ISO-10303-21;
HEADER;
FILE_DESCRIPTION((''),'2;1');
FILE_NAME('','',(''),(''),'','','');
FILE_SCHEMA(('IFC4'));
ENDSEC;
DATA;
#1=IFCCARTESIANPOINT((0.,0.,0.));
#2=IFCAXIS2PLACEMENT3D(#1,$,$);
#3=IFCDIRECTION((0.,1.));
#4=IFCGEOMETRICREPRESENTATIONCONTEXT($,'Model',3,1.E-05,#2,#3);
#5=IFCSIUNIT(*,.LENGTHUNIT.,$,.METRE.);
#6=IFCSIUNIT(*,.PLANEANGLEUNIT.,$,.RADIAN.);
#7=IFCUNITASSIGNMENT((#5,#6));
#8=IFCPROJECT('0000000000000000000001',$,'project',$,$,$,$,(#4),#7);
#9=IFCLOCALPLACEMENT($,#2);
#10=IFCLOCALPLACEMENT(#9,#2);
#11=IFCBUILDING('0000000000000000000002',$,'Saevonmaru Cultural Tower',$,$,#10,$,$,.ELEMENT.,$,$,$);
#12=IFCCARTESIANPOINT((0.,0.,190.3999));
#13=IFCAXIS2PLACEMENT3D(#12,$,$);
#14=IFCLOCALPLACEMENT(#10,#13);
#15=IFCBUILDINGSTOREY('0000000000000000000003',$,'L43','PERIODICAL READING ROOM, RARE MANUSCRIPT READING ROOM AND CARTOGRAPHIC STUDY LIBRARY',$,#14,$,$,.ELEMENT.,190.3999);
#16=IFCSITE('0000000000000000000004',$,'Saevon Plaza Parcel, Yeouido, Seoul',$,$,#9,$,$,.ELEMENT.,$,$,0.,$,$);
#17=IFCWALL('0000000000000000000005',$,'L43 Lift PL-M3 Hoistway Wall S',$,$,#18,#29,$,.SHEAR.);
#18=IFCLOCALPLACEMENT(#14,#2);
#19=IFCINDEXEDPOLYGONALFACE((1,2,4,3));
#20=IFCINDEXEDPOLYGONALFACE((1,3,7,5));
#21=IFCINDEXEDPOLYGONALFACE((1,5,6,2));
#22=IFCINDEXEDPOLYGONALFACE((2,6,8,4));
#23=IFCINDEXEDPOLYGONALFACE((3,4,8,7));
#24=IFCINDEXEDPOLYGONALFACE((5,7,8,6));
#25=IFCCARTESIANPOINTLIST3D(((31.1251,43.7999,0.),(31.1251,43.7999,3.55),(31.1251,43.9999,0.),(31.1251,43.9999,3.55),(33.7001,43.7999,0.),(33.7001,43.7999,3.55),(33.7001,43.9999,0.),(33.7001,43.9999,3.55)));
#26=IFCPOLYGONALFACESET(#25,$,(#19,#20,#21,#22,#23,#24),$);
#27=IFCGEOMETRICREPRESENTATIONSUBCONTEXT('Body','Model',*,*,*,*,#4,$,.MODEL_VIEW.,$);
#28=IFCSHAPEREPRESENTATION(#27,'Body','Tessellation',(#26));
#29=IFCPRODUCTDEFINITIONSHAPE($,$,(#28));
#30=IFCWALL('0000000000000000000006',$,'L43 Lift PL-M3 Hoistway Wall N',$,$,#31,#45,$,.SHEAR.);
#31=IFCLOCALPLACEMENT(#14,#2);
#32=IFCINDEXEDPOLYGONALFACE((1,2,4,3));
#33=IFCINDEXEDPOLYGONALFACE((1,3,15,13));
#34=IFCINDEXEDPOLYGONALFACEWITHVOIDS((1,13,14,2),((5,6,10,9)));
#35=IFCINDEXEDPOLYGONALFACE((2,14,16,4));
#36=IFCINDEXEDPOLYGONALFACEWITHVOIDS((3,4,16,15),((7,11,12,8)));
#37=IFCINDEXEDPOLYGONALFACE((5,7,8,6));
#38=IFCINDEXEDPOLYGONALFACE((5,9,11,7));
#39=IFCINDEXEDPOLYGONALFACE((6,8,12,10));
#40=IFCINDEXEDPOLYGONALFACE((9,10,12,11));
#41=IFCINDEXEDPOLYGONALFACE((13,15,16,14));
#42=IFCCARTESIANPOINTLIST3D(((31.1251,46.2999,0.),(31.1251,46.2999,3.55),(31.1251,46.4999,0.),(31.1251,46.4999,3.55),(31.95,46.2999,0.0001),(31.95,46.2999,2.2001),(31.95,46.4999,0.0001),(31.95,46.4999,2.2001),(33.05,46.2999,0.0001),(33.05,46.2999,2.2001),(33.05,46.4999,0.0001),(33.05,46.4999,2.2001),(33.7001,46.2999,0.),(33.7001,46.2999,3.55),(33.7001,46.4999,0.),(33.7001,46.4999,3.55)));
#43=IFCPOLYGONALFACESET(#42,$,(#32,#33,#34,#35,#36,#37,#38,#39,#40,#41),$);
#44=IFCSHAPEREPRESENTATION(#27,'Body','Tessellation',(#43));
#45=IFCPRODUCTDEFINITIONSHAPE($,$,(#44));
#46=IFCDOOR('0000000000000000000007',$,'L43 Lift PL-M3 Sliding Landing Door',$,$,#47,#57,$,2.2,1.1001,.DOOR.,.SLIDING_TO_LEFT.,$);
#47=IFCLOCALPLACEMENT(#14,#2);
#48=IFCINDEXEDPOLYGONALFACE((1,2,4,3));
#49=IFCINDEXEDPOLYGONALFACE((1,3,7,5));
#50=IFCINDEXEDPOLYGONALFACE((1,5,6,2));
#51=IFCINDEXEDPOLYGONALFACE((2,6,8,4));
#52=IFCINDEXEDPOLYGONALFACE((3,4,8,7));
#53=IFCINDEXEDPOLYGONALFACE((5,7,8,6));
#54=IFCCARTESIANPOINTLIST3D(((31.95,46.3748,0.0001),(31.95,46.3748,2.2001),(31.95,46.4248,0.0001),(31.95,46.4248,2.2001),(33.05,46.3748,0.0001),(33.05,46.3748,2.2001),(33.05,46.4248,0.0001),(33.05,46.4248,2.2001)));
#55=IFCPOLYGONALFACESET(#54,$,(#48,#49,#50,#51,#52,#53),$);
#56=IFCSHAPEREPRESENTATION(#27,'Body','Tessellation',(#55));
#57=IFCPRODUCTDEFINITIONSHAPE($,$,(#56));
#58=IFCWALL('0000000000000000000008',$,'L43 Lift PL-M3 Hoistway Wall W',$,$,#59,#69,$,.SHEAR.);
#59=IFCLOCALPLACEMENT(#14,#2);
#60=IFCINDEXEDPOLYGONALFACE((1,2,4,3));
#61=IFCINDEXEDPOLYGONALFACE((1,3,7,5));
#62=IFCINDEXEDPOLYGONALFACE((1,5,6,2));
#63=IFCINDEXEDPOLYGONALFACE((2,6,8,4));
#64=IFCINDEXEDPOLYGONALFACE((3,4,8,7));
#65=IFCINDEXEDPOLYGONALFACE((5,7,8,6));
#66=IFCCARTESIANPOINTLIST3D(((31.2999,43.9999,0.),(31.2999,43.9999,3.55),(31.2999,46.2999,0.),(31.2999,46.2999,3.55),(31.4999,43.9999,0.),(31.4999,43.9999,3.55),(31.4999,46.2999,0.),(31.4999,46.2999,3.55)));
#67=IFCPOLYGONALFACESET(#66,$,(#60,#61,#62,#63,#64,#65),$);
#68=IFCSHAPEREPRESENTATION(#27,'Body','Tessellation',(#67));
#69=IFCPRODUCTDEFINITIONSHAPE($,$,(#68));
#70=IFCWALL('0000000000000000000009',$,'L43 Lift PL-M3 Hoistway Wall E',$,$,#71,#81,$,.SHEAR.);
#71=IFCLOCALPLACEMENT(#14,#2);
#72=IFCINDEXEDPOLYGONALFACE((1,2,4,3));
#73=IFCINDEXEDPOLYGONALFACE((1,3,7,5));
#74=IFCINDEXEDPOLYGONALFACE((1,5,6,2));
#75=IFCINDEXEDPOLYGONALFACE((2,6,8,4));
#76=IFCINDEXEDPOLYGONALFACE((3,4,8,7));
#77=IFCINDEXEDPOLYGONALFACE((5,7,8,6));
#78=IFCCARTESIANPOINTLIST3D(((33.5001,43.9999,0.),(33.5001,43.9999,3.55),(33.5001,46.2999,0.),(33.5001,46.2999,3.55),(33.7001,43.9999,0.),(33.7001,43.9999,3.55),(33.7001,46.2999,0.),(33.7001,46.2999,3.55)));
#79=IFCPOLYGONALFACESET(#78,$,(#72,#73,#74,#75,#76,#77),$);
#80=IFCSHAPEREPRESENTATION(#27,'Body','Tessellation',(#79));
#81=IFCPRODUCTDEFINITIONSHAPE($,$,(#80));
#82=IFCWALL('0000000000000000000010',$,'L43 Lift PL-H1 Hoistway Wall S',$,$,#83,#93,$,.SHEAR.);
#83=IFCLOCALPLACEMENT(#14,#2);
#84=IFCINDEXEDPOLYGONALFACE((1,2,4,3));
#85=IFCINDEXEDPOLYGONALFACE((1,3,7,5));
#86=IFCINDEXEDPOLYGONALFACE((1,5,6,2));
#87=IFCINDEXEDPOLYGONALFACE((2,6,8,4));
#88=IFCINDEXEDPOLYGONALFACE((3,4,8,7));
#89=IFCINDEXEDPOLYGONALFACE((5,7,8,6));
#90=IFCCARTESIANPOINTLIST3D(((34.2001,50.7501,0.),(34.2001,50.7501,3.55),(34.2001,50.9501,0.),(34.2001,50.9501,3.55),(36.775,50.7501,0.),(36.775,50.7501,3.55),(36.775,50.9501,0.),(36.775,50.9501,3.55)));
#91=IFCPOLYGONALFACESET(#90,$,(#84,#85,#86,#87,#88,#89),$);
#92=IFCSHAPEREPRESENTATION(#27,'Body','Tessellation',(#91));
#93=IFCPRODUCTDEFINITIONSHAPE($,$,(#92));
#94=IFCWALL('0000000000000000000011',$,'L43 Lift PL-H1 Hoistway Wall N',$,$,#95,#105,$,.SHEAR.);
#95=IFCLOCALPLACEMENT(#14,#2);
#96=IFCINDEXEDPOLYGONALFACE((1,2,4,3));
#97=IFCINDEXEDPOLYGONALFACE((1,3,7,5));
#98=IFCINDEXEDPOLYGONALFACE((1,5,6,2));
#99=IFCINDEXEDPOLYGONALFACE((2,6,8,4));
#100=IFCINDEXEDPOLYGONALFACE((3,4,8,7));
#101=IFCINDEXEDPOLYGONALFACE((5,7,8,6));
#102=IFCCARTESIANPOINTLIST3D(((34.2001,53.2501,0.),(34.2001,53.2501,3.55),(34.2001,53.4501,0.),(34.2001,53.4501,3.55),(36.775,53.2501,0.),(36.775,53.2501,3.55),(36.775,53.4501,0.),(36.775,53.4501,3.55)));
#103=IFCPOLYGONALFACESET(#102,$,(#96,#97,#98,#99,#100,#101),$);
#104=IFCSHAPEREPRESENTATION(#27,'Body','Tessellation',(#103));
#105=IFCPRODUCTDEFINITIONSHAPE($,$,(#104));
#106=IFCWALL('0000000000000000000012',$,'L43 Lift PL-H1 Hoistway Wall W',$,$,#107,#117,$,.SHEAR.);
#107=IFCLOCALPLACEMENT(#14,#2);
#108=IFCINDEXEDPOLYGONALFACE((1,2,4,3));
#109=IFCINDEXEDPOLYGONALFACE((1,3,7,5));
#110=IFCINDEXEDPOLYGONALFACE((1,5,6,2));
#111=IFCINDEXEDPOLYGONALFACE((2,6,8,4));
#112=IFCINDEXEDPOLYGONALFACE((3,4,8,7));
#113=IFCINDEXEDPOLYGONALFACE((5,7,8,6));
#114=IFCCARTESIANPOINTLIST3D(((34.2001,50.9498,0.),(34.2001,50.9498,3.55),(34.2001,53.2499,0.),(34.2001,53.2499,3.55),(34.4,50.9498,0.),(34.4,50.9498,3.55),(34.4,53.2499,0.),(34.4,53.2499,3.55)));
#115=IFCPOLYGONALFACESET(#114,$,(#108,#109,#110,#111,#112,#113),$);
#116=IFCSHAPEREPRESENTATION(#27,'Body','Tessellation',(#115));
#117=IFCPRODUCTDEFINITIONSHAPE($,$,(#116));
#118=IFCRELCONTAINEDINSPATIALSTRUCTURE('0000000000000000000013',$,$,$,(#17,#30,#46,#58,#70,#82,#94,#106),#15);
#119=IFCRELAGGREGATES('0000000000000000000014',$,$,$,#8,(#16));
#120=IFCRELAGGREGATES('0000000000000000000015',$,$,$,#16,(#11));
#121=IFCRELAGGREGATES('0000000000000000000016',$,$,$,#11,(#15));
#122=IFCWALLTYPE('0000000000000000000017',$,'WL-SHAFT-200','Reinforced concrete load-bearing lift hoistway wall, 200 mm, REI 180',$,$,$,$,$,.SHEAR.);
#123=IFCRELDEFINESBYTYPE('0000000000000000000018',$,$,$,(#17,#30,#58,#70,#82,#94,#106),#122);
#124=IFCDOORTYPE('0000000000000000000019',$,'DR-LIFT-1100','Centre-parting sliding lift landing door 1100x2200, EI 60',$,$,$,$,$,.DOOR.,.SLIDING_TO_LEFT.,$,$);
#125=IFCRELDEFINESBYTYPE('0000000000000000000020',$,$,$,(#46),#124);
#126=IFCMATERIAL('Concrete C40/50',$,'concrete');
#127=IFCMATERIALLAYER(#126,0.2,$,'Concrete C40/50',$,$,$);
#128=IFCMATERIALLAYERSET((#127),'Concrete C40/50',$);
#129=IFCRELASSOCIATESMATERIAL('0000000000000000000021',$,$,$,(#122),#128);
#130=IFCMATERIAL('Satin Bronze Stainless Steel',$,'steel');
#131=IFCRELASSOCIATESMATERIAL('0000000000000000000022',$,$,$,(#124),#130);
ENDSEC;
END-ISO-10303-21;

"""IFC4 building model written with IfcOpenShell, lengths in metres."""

from ifc_helpers import new_model, si_unit, direction, frame, frame_2d, origin, place, context, subcontext, project, spatial, rectangle, extrude, material, layer, layer_set, type_object, element, fill, save


model = new_model("IFC4")

# Units and contexts
model_context = context("Model", 3, precision=1e-05, world=origin(), true_north=direction((0.0, 1.0)))
body_context = subcontext(model_context, "Body", "Model", "MODEL_VIEW")
ifc_project = project(units=[si_unit("LENGTHUNIT", "METRE"), si_unit("PLANEANGLEUNIT", "RADIAN")], contexts=[model_context])

# Site, building, storey
site_placement = place(None, origin())
site = spatial("IfcSite", under=ifc_project, at=site_placement, Name="Saevon Plaza Parcel, Yeouido, Seoul", CompositionType="ELEMENT", RefElevation=0.0)
building_placement = place(site_placement, origin())
building = spatial("IfcBuilding", under=site, at=building_placement, Name="Saevonmaru Cultural Tower", CompositionType="ELEMENT")
storey_placement = place(building_placement, frame((0.0, 0.0, 190.3999)))
storey = spatial("IfcBuildingStorey", under=building, at=storey_placement, Name="L43", Description="PERIODICAL READING ROOM, RARE MANUSCRIPT READING ROOM AND CARTOGRAPHIC STUDY LIBRARY", CompositionType="ELEMENT", Elevation=190.3999)

# Shared definitions
ifc_material_1 = material(Name="Concrete C40/50", Category="concrete")
ifc_layer_1 = layer(ifc_material_1, 0.2, Name="Concrete C40/50")
ifc_layer_set_1 = layer_set([ifc_layer_1], Name="Concrete C40/50")
wall_type_1 = type_object("IfcWallType", Name="WL-SHAFT-200", Description="Reinforced concrete load-bearing lift hoistway wall, 200 mm, REI 180", PredefinedType="SHEAR", material=ifc_layer_set_1)

# Shared definitions
ifc_material_2 = material(Name="Satin Bronze Stainless Steel", Category="steel")
door_type_1 = type_object("IfcDoorType", Name="DR-LIFT-1100", Description="Centre-parting sliding lift landing door 1100x2200, EI 60", OperationType="SLIDING_TO_LEFT", PredefinedType="DOOR", material=ifc_material_2)

# Wall
wall_1_placement = place(storey_placement, frame((31.125, 43.8999, 0.0), z_axis=(0.0, 0.0, 1.0), x_axis=(1.0, 0.0, 0.0)))
element("IfcWall", 1, at=wall_1_placement, inside=storey, type_object=wall_type_1, Name="L43 Lift PL-M3 Hoistway Wall S", PredefinedType="SHEAR", context=body_context, shape_type="SweptSolid", body=[
    extrude(rectangle(XDim=2.575, YDim=0.2, at=frame_2d((1.2876, 0.0))), origin(), (0.0, 0.0, 1.0), 3.55),
])

# Wall, opening, door
wall_2_placement = place(storey_placement, frame((31.125, 46.3999, 0.0), z_axis=(0.0, 0.0, 1.0), x_axis=(1.0, 0.0, 0.0)))
wall_2 = element("IfcWall", 2, at=wall_2_placement, inside=storey, type_object=wall_type_1, Name="L43 Lift PL-M3 Hoistway Wall N", PredefinedType="SHEAR", context=body_context, shape_type="SweptSolid", body=[
    extrude(rectangle(XDim=2.575, YDim=0.2, at=frame_2d((1.2876, 0.0))), origin(), (0.0, 0.0, 1.0), 3.55),
])
opening_1_placement = place(wall_2_placement, frame((0.825, 0.0, 0.0)))
opening_1 = element("IfcOpeningElement", 3, at=opening_1_placement, cuts=wall_2, PredefinedType="OPENING", context=body_context, shape_type="SweptSolid", body=[
    extrude(rectangle(XDim=1.1001, YDim=2.2, at=frame_2d((0.55, 1.1001))), frame((0.0, 0.1099, 0.0), z_axis=(0.0, -1.0, 0.0), x_axis=(1.0, 0.0, 0.0)), (0.0, 0.0, 1.0), 0.22),
])
door_1_placement = place(opening_1_placement, origin())
door_1 = element("IfcDoor", 4, at=door_1_placement, inside=storey, type_object=door_type_1, Name="L43 Lift PL-M3 Sliding Landing Door", OperationType="SLIDING_TO_LEFT", OverallHeight=2.2, OverallWidth=1.1001, PredefinedType="DOOR", context=body_context, shape_type="SweptSolid", body=[
    extrude(rectangle(XDim=1.1001, YDim=2.2, at=frame_2d((0.55, 1.1001))), frame((0.0, 0.0249, 0.0), z_axis=(0.0, -1.0, 0.0), x_axis=(1.0, 0.0, 0.0)), (0.0, 0.0, 1.0), 0.05),
])
fill(opening_1, door_1)

# Walls
for number, where, z_axis, x_axis, name in (
    (5, (31.3999, 44.0, 0.0), (0.0, 0.0, 1.0), (0.0, 1.0, 0.0), "L43 Lift PL-M3 Hoistway Wall W"),
    (6, (33.6001, 44.0, 0.0), (0.0, 0.0, 1.0), (0.0, 1.0, 0.0), "L43 Lift PL-M3 Hoistway Wall E"),
):
    element("IfcWall", number, at=place(storey_placement, frame(where, z_axis=z_axis, x_axis=x_axis)), inside=storey, type_object=wall_type_1, Name=name, PredefinedType="SHEAR", context=body_context, shape_type="SweptSolid", body=[
        extrude(rectangle(XDim=2.3, YDim=0.2, at=frame_2d((1.1499, 0.0))), origin(), (0.0, 0.0, 1.0), 3.55),
    ])
for number, where, z_axis, x_axis, name in (
    (7, (34.2, 50.8501, 0.0), (0.0, 0.0, 1.0), (1.0, 0.0, 0.0), "L43 Lift PL-H1 Hoistway Wall S"),
    (8, (34.2, 53.3501, 0.0), (0.0, 0.0, 1.0), (1.0, 0.0, 0.0), "L43 Lift PL-H1 Hoistway Wall N"),
):
    element("IfcWall", number, at=place(storey_placement, frame(where, z_axis=z_axis, x_axis=x_axis)), inside=storey, type_object=wall_type_1, Name=name, PredefinedType="SHEAR", context=body_context, shape_type="SweptSolid", body=[
        extrude(rectangle(XDim=2.575, YDim=0.2, at=frame_2d((1.2876, 0.0))), origin(), (0.0, 0.0, 1.0), 3.55),
    ])
wall_3_placement = place(storey_placement, frame((34.3, 50.95, 0.0), z_axis=(0.0, 0.0, 1.0), x_axis=(0.0, 1.0, 0.0)))
element("IfcWall", 9, at=wall_3_placement, inside=storey, type_object=wall_type_1, Name="L43 Lift PL-H1 Hoistway Wall W", PredefinedType="SHEAR", context=body_context, shape_type="SweptSolid", body=[
    extrude(rectangle(XDim=2.3, YDim=0.2, at=frame_2d((1.1499, 0.0))), origin(), (0.0, 0.0, 1.0), 3.55),
])

save(model, "model.ifc")
